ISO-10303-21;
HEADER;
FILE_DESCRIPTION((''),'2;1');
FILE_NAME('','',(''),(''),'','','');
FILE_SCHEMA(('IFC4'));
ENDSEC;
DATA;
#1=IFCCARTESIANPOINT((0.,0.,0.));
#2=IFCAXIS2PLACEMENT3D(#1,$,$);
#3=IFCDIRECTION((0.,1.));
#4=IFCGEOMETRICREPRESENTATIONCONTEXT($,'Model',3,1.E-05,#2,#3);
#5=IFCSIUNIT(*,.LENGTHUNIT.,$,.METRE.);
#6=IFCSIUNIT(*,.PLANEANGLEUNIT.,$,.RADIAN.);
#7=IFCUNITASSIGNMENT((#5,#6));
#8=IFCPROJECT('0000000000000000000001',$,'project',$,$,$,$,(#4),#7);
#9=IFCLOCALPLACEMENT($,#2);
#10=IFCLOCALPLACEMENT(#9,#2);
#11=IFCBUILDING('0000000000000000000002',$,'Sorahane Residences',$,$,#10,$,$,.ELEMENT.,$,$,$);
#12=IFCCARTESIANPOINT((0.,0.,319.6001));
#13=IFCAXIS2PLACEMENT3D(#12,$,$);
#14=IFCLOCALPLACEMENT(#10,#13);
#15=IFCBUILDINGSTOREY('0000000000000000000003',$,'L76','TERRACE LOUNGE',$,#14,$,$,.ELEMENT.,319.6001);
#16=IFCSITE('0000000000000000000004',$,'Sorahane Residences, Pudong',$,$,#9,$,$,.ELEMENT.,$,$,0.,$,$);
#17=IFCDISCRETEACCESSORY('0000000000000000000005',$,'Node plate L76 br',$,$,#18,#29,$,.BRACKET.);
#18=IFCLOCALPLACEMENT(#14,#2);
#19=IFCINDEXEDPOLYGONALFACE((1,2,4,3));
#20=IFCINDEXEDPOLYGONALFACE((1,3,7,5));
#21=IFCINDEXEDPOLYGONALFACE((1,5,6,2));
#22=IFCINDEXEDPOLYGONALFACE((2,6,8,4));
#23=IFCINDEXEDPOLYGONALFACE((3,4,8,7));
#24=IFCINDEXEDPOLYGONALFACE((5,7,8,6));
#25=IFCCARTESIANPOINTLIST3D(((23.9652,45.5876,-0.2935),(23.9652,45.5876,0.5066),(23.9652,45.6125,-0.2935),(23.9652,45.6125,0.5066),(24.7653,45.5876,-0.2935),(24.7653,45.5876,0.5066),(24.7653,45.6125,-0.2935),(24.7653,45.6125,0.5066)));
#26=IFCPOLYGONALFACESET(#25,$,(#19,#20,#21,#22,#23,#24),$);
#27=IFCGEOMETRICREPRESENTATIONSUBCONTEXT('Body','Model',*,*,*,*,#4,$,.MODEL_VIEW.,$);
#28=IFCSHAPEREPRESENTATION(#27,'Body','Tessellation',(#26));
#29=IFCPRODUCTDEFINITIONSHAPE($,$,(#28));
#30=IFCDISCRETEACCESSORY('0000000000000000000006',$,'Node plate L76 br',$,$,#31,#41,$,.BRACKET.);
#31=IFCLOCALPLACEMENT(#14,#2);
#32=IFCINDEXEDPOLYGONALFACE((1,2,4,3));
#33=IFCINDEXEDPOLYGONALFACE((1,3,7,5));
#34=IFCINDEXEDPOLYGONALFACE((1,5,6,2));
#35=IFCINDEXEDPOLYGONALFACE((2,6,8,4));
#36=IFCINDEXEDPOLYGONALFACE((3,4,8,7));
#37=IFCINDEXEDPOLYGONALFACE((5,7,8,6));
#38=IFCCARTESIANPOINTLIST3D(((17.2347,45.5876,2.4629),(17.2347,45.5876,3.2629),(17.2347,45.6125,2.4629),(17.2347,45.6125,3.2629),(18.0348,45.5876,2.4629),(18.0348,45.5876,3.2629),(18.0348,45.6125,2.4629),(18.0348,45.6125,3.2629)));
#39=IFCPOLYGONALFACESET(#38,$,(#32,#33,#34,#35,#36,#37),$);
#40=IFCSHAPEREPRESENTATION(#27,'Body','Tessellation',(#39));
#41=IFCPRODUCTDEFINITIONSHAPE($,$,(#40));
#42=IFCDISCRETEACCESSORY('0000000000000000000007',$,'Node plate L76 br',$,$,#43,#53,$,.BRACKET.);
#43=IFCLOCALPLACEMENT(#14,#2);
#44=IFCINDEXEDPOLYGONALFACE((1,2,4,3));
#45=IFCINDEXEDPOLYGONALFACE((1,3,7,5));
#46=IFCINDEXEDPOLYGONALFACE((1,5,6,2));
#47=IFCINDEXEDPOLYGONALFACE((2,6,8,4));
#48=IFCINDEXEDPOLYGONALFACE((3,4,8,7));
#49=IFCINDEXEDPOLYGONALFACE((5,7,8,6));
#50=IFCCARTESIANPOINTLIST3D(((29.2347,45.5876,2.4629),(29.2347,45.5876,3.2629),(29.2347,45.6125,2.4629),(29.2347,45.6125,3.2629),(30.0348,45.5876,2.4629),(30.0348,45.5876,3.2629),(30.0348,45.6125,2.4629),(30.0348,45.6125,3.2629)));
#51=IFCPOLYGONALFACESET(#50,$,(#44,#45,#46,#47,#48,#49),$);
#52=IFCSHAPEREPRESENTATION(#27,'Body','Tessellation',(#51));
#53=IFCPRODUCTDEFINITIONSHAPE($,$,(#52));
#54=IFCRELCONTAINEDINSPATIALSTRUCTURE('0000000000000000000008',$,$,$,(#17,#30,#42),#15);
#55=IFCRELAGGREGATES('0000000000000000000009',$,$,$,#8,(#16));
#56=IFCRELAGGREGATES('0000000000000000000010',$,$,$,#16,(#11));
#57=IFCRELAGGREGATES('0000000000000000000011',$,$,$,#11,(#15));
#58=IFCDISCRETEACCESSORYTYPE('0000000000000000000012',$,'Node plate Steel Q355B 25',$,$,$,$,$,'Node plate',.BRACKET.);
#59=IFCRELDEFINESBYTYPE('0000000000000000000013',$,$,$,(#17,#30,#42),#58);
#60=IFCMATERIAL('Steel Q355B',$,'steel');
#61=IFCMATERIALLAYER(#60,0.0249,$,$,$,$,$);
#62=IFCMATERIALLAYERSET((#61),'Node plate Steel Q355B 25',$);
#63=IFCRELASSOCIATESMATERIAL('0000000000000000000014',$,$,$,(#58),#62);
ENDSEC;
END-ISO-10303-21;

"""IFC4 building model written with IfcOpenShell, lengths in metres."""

from ifc_helpers import new_model, si_unit, direction, frame, origin, origin_2d, place, context, subcontext, project, spatial, rectangle, extrude, material, layer, layer_set, type_object, element, save


model = new_model("IFC4")

# Units and contexts
model_context = context("Model", 3, precision=1e-05, world=origin(), true_north=direction((0.0, 1.0)))
body_context = subcontext(model_context, "Body", "Model", "MODEL_VIEW")
ifc_project = project(units=[si_unit("LENGTHUNIT", "METRE"), si_unit("PLANEANGLEUNIT", "RADIAN")], contexts=[model_context])

# Site, building, storey
site_placement = place(None, origin())
site = spatial("IfcSite", under=ifc_project, at=site_placement, Name="Sorahane Residences, Pudong", CompositionType="ELEMENT", RefElevation=0.0)
building_placement = place(site_placement, origin())
building = spatial("IfcBuilding", under=site, at=building_placement, Name="Sorahane Residences", CompositionType="ELEMENT")
storey_placement = place(building_placement, frame((0.0, 0.0, 319.6001)))
storey = spatial("IfcBuildingStorey", under=building, at=storey_placement, Name="L76", Description="TERRACE LOUNGE", CompositionType="ELEMENT", Elevation=319.6001)

# Discrete accessories
ifc_material_1 = material(Name="Steel Q355B", Category="steel")
ifc_layer_1 = layer(ifc_material_1, 0.0249)
ifc_layer_set_1 = layer_set([ifc_layer_1], Name="Node plate Steel Q355B 25")
discrete_accessory_type = type_object("IfcDiscreteAccessoryType", Name="Node plate Steel Q355B 25", ElementType="Node plate", PredefinedType="BRACKET", material=ifc_layer_set_1)
for number, where, z_axis, x_axis, name in (
    (1, (24.3652, 45.6001, -0.2935), (0.0, 0.0, 1.0), (1.0, 0.0, 0.0), "Node plate L76 br"),
    (2, (17.6348, 45.6001, 2.4629), (0.0, 0.0, 1.0), (1.0, 0.0, 0.0), "Node plate L76 br"),
    (3, (29.6348, 45.6001, 2.4629), (0.0, 0.0, 1.0), (1.0, 0.0, 0.0), "Node plate L76 br"),
):
    element("IfcDiscreteAccessory", number, at=place(storey_placement, frame(where, z_axis=z_axis, x_axis=x_axis)), inside=storey, type_object=discrete_accessory_type, Name=name, PredefinedType="BRACKET", context=body_context, shape_type="SweptSolid", body=[
        extrude(rectangle(XDim=0.8, YDim=0.0249, at=origin_2d()), origin(), (0.0, 0.0, 1.0), 0.8),
    ])

save(model, "model.ifc")
